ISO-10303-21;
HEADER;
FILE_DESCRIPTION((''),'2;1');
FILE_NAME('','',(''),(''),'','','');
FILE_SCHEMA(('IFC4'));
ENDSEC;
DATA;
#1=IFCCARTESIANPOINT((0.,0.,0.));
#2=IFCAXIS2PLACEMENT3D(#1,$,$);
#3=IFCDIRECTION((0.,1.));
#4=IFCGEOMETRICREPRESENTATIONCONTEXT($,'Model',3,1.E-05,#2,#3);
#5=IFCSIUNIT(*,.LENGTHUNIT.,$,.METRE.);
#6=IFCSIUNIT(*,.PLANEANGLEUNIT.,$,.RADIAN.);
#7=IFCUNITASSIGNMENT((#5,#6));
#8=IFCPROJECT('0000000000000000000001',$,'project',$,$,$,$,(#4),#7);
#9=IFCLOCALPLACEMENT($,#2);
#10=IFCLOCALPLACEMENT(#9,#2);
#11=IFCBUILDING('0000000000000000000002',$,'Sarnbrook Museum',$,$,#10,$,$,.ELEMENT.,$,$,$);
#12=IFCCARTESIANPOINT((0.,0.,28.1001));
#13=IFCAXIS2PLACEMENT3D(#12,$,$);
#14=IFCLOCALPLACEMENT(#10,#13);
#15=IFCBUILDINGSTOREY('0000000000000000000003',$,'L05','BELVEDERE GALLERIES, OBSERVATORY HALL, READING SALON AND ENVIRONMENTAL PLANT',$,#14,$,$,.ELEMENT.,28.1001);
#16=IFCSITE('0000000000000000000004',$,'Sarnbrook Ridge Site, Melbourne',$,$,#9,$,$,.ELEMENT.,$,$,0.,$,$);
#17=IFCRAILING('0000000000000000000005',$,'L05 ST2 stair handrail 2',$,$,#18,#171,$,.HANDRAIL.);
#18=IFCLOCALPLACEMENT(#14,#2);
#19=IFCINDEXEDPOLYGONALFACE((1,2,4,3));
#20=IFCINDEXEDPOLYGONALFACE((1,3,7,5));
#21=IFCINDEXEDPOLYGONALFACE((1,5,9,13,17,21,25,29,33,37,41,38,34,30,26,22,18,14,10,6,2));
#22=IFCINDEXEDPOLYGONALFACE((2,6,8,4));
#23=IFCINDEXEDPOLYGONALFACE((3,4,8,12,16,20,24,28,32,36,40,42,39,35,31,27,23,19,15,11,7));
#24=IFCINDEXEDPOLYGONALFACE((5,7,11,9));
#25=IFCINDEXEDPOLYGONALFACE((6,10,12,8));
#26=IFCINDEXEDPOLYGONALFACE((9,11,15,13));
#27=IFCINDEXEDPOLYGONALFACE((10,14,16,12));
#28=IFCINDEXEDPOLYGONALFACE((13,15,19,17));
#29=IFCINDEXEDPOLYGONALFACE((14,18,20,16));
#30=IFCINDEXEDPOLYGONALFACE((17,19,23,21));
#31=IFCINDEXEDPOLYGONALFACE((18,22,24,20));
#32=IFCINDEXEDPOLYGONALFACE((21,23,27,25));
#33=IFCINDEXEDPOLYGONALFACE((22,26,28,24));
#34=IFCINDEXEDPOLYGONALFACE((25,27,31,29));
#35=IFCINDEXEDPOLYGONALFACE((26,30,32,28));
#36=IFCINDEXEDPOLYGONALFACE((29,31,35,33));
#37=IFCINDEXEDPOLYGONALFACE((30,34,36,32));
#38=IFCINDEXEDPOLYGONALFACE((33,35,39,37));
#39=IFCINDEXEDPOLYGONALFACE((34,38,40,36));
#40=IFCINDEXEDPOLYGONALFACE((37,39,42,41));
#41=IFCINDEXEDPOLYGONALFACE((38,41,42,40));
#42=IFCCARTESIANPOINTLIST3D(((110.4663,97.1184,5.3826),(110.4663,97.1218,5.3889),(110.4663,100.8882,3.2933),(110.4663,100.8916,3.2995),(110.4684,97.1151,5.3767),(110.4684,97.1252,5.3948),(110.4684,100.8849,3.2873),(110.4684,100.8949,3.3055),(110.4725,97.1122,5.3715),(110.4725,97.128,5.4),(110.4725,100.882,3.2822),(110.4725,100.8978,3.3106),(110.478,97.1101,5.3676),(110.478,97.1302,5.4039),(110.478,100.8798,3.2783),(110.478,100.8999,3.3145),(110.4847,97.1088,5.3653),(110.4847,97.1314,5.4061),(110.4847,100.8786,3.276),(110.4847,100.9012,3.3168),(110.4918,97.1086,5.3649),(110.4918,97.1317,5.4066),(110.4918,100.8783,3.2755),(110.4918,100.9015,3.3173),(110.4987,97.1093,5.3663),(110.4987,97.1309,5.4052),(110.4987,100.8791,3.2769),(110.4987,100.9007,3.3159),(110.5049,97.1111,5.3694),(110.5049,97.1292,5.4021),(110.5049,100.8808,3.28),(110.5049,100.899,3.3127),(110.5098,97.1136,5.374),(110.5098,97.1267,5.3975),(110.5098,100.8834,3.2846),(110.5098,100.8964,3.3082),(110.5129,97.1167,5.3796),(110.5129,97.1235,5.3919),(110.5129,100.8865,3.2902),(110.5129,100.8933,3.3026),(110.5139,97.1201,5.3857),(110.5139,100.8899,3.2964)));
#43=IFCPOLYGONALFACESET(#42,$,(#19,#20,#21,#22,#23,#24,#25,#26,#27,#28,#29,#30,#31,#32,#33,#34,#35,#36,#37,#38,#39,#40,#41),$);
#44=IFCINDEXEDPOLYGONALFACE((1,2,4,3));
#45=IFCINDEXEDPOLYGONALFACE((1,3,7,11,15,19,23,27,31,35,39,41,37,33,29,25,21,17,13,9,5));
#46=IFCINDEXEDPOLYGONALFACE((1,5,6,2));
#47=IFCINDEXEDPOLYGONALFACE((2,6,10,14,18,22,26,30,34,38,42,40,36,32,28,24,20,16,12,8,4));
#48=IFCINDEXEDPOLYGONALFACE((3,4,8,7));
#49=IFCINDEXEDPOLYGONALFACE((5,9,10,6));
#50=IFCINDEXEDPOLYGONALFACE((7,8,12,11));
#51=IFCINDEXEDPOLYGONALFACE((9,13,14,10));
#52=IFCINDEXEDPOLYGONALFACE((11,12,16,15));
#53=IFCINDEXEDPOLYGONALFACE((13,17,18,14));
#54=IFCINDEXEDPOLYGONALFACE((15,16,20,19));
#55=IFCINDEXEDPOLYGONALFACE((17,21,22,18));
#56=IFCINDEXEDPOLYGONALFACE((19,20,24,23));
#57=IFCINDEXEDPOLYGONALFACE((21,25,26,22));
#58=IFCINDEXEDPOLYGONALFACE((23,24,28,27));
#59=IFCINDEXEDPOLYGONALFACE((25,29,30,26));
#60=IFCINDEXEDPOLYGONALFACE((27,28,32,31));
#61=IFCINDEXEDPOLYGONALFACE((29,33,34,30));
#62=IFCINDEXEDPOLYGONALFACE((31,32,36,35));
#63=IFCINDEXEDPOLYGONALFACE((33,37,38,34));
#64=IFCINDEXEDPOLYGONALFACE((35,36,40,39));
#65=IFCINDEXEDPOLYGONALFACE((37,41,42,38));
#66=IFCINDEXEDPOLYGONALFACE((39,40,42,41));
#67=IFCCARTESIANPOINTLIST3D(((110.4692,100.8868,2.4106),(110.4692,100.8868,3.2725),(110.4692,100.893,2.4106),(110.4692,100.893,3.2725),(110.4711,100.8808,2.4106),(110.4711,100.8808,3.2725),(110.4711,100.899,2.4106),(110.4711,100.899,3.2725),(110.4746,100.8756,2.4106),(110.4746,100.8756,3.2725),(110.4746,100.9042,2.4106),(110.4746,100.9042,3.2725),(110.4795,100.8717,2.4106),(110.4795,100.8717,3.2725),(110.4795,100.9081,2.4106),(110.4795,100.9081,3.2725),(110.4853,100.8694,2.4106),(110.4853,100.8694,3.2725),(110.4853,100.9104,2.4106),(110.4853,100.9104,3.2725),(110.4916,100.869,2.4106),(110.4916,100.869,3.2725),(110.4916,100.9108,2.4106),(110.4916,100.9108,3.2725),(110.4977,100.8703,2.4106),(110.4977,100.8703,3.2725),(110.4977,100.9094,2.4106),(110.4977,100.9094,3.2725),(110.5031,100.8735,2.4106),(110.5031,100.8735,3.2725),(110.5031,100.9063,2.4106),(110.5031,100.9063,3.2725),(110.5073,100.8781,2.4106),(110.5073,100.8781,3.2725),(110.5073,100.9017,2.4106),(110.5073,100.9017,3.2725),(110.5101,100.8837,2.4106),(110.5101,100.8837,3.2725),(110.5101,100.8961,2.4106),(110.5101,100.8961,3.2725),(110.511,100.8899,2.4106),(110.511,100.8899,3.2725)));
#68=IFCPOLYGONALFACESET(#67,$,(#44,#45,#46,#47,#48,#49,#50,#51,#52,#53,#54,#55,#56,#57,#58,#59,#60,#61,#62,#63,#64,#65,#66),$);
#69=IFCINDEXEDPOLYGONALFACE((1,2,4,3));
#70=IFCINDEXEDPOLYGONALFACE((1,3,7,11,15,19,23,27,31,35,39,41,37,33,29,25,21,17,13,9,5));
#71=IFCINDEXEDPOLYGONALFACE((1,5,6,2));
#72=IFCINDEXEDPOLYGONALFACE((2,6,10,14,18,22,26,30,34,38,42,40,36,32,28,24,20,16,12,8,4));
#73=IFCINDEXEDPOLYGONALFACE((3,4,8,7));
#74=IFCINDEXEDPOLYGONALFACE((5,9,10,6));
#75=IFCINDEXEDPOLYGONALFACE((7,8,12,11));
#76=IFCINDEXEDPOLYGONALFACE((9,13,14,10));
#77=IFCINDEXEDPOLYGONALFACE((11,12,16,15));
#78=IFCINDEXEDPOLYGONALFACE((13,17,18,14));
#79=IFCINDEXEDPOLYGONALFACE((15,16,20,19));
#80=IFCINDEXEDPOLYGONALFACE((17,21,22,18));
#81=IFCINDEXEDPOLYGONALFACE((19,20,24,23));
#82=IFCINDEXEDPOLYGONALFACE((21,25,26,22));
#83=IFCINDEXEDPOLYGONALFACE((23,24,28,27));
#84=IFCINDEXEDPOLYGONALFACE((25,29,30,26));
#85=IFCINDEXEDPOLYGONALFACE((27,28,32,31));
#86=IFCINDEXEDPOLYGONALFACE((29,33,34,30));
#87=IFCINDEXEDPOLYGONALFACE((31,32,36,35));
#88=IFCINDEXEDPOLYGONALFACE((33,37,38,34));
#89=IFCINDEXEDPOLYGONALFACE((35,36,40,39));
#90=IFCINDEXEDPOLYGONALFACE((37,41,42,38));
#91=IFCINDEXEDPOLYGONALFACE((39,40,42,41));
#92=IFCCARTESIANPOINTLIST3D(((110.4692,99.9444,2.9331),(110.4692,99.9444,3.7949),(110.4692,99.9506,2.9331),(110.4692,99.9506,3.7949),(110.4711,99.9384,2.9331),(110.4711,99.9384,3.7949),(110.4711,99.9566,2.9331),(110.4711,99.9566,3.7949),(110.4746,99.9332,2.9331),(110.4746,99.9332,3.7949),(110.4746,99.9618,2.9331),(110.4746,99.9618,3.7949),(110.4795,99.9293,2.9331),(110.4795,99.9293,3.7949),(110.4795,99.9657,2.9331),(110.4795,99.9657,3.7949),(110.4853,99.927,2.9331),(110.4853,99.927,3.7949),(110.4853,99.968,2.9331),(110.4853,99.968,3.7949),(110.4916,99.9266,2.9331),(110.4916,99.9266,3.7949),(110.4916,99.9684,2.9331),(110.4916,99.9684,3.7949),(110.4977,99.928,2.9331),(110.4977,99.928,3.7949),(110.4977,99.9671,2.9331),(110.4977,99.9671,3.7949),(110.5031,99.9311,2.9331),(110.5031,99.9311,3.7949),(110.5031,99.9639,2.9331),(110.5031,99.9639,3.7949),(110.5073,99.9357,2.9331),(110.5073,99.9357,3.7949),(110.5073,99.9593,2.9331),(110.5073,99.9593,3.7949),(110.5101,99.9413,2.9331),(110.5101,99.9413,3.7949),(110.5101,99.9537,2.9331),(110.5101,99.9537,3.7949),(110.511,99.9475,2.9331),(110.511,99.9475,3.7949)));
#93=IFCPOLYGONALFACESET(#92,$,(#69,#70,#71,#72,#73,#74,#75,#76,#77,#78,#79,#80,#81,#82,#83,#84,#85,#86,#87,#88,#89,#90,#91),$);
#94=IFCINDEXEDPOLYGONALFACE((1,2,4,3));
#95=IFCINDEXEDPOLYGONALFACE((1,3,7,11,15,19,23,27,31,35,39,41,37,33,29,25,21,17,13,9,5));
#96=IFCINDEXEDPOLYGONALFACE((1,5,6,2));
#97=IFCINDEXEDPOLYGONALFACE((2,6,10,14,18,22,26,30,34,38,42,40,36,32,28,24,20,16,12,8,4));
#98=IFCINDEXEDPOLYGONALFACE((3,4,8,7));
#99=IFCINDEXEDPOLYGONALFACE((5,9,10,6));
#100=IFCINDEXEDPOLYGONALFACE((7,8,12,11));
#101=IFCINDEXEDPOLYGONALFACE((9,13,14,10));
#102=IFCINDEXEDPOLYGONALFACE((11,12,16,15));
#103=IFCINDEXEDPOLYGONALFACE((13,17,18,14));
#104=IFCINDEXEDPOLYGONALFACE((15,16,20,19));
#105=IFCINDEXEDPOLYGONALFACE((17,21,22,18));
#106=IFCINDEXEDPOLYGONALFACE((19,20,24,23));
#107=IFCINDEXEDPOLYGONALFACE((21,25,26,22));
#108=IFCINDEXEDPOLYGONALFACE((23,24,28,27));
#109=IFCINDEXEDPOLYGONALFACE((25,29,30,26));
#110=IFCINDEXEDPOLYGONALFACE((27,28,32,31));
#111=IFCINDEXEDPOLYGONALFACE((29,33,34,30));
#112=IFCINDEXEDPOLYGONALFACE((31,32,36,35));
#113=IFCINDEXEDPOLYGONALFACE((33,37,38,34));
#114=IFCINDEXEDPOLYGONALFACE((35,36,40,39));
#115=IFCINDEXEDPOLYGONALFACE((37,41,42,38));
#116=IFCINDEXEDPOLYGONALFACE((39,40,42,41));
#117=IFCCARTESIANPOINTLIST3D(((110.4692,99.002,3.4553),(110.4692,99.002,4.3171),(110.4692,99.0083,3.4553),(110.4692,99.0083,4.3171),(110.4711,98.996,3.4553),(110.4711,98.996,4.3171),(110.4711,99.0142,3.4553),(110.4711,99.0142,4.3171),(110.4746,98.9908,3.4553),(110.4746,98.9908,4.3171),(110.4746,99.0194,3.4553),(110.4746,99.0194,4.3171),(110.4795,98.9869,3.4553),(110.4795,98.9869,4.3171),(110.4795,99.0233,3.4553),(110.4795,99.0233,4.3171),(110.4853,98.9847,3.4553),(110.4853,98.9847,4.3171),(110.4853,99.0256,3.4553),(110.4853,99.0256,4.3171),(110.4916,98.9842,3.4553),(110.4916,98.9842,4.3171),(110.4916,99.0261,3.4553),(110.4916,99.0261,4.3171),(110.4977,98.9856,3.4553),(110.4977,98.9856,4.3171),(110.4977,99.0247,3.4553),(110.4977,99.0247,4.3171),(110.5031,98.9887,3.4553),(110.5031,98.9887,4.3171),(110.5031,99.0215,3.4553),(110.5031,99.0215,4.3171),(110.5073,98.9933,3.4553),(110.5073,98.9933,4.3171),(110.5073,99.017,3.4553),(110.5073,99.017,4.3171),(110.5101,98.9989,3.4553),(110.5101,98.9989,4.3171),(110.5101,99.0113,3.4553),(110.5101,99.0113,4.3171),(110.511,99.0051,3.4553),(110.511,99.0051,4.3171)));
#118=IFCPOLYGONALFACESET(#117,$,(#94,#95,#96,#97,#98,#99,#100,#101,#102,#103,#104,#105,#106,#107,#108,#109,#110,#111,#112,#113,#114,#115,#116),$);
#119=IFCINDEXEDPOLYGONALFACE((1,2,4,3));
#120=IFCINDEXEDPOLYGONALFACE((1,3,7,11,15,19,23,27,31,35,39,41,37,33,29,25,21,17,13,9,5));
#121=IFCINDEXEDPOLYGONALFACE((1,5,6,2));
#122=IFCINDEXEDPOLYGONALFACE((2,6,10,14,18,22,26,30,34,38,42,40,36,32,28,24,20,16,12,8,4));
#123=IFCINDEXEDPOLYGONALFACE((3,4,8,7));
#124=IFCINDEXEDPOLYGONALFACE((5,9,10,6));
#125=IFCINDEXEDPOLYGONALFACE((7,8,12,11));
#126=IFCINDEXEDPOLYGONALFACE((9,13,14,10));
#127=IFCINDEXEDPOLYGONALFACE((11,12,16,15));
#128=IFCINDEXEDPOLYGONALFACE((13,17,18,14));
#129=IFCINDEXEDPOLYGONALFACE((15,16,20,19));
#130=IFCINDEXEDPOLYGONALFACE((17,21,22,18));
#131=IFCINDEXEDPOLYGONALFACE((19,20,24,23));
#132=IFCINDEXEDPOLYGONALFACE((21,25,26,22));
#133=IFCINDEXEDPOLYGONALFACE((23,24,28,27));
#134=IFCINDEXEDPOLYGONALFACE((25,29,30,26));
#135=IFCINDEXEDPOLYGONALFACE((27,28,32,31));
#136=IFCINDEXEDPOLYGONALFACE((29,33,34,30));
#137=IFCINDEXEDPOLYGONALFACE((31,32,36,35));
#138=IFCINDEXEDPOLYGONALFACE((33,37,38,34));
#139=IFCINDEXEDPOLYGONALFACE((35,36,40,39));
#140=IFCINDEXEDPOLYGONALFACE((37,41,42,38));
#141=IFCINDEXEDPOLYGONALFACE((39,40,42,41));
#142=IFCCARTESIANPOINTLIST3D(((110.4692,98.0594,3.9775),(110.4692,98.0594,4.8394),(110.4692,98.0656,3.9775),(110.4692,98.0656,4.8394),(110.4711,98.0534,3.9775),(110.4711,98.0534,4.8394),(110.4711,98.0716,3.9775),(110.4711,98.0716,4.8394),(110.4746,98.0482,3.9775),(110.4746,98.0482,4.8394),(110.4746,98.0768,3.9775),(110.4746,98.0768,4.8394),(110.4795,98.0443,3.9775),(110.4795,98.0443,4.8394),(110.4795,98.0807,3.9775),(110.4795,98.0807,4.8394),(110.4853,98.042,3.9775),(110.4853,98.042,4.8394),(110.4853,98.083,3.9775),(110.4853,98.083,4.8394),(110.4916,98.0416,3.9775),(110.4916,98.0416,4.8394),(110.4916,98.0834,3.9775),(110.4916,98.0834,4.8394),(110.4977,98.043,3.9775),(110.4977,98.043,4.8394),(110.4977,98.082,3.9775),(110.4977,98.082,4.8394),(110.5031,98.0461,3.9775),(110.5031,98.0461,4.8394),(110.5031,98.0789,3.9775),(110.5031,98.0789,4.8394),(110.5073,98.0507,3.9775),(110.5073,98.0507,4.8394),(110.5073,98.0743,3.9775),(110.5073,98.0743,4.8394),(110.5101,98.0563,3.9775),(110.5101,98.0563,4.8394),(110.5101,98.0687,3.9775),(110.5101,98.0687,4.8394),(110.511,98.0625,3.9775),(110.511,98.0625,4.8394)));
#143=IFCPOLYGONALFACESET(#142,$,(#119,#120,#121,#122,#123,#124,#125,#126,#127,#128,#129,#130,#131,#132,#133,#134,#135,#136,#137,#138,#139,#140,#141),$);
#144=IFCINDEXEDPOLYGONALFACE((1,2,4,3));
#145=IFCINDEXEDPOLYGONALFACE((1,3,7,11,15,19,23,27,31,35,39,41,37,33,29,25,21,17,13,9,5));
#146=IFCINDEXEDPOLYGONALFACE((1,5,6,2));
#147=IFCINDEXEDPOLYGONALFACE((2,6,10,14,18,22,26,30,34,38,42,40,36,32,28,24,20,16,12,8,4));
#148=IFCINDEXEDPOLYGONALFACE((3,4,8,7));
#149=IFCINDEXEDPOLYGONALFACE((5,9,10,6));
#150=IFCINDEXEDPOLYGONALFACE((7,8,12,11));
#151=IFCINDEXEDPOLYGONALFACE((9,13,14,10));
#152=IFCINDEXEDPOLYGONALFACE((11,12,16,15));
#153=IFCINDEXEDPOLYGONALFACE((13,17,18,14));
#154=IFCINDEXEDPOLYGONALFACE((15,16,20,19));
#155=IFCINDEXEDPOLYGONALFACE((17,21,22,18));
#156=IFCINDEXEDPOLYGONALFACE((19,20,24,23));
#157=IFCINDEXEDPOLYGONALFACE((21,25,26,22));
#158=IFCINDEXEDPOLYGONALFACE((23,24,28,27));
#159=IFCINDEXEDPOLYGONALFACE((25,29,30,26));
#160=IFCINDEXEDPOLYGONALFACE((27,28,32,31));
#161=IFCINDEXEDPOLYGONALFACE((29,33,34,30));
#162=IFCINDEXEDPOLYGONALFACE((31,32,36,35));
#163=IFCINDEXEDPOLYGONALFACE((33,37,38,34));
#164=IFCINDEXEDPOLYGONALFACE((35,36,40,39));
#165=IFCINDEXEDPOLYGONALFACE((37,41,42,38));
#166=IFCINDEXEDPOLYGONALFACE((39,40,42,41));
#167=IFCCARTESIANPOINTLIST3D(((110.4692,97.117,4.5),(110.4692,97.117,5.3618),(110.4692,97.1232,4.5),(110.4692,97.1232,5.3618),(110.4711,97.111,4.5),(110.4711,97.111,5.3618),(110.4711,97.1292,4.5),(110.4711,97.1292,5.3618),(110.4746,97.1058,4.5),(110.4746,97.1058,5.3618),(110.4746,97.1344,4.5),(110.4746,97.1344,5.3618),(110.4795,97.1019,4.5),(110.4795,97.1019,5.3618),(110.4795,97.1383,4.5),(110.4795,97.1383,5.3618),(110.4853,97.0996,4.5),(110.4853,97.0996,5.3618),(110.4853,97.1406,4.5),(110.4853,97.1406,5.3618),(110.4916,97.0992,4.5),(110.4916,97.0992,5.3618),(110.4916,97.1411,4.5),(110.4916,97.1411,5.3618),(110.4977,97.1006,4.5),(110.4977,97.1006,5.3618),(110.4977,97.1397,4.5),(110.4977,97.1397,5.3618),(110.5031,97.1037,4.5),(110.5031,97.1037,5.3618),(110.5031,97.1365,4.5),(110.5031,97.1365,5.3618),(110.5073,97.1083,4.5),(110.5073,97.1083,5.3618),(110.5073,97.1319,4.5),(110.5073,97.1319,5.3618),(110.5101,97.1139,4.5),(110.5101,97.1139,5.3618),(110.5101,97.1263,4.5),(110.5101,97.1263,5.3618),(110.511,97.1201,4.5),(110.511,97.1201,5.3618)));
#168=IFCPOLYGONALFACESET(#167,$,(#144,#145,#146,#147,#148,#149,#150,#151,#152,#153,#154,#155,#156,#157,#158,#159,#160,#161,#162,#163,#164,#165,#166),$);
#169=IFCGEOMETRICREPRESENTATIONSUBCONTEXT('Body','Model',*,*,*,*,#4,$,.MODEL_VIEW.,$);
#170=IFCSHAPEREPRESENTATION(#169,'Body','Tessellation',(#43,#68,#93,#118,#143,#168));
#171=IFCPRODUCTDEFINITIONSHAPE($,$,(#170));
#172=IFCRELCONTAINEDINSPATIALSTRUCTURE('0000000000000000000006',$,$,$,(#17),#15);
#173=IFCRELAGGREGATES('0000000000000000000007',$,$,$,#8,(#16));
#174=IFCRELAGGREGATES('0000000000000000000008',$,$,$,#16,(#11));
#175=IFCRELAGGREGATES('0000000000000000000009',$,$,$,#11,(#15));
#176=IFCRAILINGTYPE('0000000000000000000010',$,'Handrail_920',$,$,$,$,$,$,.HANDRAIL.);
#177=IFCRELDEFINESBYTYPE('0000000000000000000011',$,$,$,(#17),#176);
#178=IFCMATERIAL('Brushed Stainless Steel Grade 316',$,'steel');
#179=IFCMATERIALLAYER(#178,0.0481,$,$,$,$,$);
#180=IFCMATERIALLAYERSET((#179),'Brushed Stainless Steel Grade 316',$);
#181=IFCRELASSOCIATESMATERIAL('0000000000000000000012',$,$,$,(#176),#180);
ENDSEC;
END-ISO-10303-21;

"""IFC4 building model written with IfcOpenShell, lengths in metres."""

from ifc_helpers import new_model, si_unit, direction, frame, origin, origin_2d, place, context, subcontext, project, spatial, circle, extrude, material, layer, layer_set, type_object, element, save


model = new_model("IFC4")

# Units and contexts
model_context = context("Model", 3, precision=1e-05, world=origin(), true_north=direction((0.0, 1.0)))
body_context = subcontext(model_context, "Body", "Model", "MODEL_VIEW")
ifc_project = project(units=[si_unit("LENGTHUNIT", "METRE"), si_unit("PLANEANGLEUNIT", "RADIAN")], contexts=[model_context])

# Site, building, storey
site_placement = place(None, origin())
site = spatial("IfcSite", under=ifc_project, at=site_placement, Name="Sarnbrook Ridge Site, Melbourne", CompositionType="ELEMENT", RefElevation=0.0)
building_placement = place(site_placement, origin())
building = spatial("IfcBuilding", under=site, at=building_placement, Name="Sarnbrook Museum", CompositionType="ELEMENT")
storey_placement = place(building_placement, frame((0.0, 0.0, 28.1001)))
storey = spatial("IfcBuildingStorey", under=building, at=storey_placement, Name="L05", Description="BELVEDERE GALLERIES, OBSERVATORY HALL, READING SALON AND ENVIRONMENTAL PLANT", CompositionType="ELEMENT", Elevation=28.1001)

# Railing
ifc_material_1 = material(Name="Brushed Stainless Steel Grade 316", Category="steel")
ifc_layer_1 = layer(ifc_material_1, 0.0481)
ifc_layer_set_1 = layer_set([ifc_layer_1], Name="Brushed Stainless Steel Grade 316")
railing_type_1 = type_object("IfcRailingType", Name="Handrail_920", PredefinedType="HANDRAIL", material=ifc_layer_set_1)
railing_1_placement = place(storey_placement, frame((110.49, 100.8899, 2.4106)))
element("IfcRailing", 1, at=railing_1_placement, inside=storey, type_object=railing_type_1, Name="L05 ST2 stair handrail 2", PredefinedType="HANDRAIL", context=body_context, shape_type="SweptSolid", body=[
    extrude(circle(Radius=0.0239, at=origin_2d()), frame((0.0, 0.0, 0.8857), z_axis=(0.0, -0.874646, 0.484763), x_axis=(1.0, 0.0, 0.0)), (0.0, 0.0, 1.0), 4.3101),
    extrude(circle(Radius=0.021, at=origin_2d()), origin(), (0.0, 0.0, 1.0), 0.8618),
    extrude(circle(Radius=0.021, at=origin_2d()), frame((0.0, -0.9424, 0.5225)), (0.0, 0.0, 1.0), 0.8618),
    extrude(circle(Radius=0.021, at=origin_2d()), frame((0.0, -1.8848, 1.0447)), (0.0, 0.0, 1.0), 0.8618),
    extrude(circle(Radius=0.021, at=origin_2d()), frame((0.0, -2.8274, 1.5669)), (0.0, 0.0, 1.0), 0.8618),
    extrude(circle(Radius=0.021, at=origin_2d()), frame((0.0, -3.7698, 2.0894)), (0.0, 0.0, 1.0), 0.8618),
])

save(model, "model.ifc")
